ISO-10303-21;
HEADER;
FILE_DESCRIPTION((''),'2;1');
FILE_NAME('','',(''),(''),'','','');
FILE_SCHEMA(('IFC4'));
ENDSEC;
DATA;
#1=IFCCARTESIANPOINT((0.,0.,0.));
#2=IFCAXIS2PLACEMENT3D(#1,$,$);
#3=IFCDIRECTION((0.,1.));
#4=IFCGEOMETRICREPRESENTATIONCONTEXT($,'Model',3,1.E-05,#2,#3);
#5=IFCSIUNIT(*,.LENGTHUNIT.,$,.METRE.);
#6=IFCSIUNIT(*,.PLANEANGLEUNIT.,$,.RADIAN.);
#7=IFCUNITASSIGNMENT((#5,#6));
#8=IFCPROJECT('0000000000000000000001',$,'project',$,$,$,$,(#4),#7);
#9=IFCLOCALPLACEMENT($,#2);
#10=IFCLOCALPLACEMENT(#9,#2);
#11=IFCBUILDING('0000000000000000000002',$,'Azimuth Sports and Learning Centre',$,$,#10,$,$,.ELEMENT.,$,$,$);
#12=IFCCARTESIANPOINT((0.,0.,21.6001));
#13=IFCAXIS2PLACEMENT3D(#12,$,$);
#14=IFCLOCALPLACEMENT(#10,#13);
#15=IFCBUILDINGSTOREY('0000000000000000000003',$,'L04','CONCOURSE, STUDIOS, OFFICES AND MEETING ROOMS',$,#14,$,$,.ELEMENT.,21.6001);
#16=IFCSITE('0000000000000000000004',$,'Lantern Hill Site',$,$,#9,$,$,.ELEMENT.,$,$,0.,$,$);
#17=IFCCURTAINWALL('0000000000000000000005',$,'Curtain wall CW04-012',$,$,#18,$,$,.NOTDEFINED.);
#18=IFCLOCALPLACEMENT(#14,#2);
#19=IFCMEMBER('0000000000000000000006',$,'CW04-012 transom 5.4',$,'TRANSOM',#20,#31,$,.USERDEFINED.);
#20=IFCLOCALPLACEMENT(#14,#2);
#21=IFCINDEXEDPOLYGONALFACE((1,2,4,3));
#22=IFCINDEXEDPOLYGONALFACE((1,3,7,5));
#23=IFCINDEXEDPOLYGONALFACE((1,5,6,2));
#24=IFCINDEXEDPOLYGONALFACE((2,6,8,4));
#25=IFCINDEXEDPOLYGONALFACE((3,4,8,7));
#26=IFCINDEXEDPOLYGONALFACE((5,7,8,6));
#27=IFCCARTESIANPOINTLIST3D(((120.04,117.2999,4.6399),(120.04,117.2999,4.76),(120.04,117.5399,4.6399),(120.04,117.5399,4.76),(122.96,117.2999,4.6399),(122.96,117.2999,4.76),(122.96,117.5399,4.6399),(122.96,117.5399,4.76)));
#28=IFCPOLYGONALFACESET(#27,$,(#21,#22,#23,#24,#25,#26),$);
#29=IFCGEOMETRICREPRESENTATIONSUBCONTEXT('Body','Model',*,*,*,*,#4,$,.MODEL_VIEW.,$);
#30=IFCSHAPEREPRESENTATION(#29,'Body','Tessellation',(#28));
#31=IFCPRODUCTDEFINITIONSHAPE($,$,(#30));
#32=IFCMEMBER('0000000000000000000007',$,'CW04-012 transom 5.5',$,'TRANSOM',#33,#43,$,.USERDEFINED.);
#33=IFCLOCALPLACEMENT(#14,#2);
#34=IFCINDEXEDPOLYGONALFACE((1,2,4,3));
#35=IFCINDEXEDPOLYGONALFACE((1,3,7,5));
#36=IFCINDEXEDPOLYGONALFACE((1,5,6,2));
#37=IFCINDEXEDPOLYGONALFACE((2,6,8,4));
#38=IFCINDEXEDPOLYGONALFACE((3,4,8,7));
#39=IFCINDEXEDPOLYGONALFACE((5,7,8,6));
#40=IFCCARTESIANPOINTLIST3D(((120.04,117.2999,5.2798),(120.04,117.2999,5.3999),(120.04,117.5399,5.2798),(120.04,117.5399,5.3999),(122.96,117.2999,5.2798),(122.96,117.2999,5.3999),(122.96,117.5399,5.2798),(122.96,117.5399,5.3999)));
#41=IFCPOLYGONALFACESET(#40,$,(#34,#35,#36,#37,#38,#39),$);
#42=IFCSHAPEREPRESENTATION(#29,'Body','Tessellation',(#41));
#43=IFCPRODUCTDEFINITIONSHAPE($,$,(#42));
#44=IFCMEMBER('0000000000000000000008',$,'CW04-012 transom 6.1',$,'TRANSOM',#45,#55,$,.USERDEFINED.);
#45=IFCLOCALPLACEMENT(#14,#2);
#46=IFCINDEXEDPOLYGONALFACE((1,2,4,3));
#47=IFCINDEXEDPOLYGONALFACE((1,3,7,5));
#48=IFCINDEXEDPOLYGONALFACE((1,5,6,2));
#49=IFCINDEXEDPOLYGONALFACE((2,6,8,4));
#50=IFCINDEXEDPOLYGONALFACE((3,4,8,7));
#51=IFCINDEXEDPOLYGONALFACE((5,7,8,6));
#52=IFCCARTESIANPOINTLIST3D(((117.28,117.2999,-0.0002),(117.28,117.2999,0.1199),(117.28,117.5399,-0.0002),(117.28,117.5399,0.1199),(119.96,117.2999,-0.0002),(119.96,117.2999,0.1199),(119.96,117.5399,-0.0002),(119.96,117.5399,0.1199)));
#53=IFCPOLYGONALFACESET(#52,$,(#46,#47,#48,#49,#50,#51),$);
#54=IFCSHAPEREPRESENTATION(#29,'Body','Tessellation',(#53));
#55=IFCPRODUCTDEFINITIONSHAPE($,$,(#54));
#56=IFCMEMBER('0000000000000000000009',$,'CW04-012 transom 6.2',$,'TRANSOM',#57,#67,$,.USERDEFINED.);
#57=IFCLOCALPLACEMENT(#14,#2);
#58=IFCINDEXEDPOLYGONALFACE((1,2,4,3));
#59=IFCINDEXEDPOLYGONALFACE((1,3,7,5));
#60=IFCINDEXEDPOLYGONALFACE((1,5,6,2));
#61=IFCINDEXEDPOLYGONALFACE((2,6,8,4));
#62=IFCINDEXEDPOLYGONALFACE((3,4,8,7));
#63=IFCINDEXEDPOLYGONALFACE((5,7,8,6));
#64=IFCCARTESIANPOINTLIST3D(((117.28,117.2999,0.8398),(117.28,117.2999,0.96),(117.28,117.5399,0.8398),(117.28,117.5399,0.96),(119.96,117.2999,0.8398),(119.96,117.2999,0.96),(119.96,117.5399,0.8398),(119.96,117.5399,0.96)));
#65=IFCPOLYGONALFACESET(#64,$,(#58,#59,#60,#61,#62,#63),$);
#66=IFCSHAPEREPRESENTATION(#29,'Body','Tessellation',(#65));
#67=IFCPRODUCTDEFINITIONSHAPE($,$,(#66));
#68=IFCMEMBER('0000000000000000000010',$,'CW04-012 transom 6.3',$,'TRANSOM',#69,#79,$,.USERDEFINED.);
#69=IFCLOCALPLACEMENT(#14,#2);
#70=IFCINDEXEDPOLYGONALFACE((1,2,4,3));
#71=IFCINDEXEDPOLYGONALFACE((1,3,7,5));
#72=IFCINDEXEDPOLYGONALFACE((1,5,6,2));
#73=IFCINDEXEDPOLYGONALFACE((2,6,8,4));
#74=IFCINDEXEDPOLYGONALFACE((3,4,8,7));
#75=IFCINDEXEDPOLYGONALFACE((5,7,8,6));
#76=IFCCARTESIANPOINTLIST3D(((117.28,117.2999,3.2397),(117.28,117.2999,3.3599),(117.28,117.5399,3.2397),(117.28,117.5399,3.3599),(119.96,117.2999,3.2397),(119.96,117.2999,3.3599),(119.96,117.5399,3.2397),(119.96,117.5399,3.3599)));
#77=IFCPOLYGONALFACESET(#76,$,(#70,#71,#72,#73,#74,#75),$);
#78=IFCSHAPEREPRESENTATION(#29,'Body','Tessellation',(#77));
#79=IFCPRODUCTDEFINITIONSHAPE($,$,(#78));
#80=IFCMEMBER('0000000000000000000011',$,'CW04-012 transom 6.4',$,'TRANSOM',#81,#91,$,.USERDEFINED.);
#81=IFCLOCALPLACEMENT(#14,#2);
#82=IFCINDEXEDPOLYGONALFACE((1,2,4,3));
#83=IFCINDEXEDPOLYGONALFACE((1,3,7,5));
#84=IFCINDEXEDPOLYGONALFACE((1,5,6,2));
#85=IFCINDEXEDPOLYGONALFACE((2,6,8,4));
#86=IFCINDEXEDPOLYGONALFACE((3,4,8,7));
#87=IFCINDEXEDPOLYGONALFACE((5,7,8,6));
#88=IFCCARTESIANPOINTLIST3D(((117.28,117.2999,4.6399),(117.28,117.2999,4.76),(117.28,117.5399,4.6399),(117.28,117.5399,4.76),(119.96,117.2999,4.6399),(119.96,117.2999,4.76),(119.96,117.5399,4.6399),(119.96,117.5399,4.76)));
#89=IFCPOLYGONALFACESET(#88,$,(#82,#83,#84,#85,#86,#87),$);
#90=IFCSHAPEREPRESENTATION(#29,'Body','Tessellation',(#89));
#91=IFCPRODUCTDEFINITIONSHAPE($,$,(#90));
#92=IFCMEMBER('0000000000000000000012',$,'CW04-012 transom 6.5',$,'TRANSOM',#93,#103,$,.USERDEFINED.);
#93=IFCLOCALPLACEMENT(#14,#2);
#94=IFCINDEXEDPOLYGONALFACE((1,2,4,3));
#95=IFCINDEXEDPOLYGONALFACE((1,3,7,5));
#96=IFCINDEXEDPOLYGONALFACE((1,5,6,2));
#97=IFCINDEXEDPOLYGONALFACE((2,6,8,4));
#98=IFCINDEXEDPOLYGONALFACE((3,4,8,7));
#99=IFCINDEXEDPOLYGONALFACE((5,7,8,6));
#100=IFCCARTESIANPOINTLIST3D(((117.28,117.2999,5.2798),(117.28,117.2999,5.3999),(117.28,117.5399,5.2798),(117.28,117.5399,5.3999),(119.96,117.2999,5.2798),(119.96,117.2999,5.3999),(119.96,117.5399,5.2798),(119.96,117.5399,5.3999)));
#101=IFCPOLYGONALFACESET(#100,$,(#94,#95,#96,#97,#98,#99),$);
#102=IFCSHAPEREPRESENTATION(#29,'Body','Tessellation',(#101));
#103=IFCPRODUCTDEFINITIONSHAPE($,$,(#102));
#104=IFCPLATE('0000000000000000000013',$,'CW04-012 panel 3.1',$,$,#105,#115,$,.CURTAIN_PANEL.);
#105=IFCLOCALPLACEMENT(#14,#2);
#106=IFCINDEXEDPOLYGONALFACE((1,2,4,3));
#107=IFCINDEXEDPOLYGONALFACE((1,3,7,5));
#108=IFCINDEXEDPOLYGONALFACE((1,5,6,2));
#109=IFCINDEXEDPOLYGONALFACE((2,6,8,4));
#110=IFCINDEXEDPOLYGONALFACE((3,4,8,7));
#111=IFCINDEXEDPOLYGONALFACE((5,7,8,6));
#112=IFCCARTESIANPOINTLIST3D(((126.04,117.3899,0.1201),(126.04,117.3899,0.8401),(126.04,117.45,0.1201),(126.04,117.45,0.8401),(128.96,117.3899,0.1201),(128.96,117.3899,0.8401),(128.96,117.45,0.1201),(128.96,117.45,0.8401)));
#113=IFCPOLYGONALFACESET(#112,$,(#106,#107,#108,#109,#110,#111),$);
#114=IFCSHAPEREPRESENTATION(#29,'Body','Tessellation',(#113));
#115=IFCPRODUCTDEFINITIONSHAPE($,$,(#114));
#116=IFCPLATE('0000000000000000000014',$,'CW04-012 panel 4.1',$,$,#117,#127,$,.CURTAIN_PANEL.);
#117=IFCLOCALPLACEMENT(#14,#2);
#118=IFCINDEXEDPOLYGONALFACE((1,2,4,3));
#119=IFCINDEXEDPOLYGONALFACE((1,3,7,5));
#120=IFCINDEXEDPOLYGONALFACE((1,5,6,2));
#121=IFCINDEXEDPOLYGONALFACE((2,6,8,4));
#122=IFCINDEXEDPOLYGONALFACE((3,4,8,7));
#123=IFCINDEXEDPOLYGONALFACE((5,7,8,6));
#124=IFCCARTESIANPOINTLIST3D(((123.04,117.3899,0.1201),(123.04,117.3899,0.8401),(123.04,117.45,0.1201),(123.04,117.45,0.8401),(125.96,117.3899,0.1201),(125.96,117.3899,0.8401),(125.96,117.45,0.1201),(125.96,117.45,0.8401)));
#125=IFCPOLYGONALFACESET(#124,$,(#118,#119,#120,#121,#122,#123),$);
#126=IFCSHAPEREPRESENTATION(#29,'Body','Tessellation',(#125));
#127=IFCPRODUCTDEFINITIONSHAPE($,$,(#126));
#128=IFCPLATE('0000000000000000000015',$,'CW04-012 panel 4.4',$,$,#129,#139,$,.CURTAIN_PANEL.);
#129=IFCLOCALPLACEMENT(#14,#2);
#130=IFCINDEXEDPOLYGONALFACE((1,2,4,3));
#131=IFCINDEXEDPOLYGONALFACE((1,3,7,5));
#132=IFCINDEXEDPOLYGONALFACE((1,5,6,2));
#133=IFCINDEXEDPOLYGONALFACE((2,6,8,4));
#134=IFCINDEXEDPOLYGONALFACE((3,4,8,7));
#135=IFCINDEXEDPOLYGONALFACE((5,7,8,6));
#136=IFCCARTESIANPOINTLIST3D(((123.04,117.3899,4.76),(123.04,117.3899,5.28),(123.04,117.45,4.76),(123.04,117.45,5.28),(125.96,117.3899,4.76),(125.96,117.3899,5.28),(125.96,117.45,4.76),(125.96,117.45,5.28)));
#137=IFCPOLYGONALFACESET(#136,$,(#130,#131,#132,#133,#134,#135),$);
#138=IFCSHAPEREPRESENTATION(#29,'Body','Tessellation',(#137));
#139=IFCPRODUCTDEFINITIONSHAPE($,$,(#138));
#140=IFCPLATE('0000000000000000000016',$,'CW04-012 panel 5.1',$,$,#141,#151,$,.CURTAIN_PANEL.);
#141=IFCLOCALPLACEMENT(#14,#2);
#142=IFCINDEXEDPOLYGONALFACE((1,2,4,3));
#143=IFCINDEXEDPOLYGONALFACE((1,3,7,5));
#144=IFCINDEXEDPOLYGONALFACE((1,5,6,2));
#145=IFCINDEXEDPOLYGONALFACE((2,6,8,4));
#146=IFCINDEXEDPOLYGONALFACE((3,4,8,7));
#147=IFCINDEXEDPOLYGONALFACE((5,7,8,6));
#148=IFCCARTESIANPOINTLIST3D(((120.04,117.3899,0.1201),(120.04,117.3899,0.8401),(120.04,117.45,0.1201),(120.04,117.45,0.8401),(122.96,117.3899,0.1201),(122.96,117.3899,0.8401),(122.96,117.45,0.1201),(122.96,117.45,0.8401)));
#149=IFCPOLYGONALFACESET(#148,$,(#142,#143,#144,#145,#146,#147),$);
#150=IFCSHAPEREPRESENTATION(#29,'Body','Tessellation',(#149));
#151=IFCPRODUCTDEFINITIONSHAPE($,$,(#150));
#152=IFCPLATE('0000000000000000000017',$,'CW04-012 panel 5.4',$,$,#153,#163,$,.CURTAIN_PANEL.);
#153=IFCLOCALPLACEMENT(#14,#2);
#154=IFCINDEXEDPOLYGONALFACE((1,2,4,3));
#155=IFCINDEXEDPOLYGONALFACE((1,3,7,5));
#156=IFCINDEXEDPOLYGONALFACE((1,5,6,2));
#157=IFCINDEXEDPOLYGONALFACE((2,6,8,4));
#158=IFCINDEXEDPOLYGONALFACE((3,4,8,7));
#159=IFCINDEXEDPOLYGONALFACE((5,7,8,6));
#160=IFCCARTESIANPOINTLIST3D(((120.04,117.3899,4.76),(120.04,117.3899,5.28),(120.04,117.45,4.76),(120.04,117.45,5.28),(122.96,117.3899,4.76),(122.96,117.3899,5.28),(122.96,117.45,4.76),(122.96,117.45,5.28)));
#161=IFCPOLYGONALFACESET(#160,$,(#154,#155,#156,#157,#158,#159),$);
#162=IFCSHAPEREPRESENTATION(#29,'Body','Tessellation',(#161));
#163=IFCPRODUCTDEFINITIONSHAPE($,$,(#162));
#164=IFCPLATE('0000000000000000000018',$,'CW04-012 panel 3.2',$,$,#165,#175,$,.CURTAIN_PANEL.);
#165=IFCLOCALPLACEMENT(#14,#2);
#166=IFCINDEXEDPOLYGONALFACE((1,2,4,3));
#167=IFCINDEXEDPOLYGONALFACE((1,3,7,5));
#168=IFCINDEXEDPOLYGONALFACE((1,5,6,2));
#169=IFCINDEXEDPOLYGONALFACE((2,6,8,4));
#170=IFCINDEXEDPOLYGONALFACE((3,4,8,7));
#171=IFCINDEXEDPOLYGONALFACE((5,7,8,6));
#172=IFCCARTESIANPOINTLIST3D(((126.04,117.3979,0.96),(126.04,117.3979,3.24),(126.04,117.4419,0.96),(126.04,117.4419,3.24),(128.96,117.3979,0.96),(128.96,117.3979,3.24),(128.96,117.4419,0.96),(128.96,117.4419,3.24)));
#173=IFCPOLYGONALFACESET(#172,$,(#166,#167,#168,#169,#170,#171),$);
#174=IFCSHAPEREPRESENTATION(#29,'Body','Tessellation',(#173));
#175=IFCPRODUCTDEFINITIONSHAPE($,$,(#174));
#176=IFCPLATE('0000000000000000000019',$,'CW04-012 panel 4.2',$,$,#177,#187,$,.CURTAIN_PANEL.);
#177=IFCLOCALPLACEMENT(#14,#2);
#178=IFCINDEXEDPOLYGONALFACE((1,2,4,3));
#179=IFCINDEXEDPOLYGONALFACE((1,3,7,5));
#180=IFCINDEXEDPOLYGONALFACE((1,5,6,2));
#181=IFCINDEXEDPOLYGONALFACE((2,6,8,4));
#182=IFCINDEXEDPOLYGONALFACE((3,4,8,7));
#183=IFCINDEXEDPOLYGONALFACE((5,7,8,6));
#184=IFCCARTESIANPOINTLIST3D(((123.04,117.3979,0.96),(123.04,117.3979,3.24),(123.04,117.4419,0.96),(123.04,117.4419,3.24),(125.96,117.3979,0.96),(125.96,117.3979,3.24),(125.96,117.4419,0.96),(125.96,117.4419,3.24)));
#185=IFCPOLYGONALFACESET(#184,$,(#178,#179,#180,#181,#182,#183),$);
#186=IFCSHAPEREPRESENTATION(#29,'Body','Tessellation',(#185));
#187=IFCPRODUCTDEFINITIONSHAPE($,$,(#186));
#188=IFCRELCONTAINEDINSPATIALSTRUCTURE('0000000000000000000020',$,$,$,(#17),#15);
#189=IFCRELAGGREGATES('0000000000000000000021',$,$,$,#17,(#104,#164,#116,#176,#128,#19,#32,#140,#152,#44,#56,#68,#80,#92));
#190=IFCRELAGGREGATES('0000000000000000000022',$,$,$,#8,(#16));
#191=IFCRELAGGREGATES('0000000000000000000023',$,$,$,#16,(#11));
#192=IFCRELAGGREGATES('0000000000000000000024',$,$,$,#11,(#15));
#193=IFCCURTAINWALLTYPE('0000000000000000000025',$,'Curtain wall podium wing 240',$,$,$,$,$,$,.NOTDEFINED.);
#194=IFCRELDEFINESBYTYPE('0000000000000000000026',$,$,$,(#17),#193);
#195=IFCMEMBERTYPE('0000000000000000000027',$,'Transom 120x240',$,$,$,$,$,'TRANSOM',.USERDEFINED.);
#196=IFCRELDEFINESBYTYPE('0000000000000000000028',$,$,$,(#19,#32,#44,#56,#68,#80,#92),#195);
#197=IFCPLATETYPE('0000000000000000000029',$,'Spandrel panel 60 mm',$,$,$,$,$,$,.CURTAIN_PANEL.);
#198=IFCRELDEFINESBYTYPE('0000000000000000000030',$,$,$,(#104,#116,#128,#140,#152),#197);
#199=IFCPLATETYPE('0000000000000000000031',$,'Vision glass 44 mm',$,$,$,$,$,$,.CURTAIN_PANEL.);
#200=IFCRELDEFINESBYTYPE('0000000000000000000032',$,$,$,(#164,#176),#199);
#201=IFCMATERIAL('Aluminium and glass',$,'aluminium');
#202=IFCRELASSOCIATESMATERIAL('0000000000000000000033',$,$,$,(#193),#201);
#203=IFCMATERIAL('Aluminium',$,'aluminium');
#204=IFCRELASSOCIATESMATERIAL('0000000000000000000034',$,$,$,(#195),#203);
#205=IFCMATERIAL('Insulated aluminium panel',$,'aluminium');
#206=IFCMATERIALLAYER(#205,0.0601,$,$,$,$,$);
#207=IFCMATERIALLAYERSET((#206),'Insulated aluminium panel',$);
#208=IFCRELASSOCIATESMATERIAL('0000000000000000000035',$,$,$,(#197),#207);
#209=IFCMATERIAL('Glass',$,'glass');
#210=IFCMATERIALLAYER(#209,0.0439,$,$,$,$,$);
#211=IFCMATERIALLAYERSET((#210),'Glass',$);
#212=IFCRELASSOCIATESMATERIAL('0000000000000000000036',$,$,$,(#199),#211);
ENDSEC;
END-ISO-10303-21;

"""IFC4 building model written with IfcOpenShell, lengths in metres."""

from ifc_helpers import new_model, si_unit, direction, frame, origin, origin_2d, place, context, subcontext, project, spatial, rectangle, extrude, material, layer, layer_set, material_profile, profile_set, type_object, element, aggregate, save


model = new_model("IFC4")

# Units and contexts
model_context = context("Model", 3, precision=1e-05, world=origin(), true_north=direction((0.0, 1.0)))
body_context = subcontext(model_context, "Body", "Model", "MODEL_VIEW")
ifc_project = project(units=[si_unit("LENGTHUNIT", "METRE"), si_unit("PLANEANGLEUNIT", "RADIAN")], contexts=[model_context])

# Site, building, storey
site_placement = place(None, origin())
site = spatial("IfcSite", under=ifc_project, at=site_placement, Name="Lantern Hill Site", CompositionType="ELEMENT", RefElevation=0.0)
building_placement = place(site_placement, origin())
building = spatial("IfcBuilding", under=site, at=building_placement, Name="Azimuth Sports and Learning Centre", CompositionType="ELEMENT")
storey_placement = place(building_placement, frame((0.0, 0.0, 21.6001)))
storey = spatial("IfcBuildingStorey", under=building, at=storey_placement, Name="L04", Description="CONCOURSE, STUDIOS, OFFICES AND MEETING ROOMS", CompositionType="ELEMENT", Elevation=21.6001)

# Curtain wall, members, plates
ifc_material_1 = material(Name="Aluminium and glass", Category="aluminium")
curtain_wall_type = type_object("IfcCurtainWallType", Name="Curtain wall podium wing 240", PredefinedType="NOTDEFINED", material=ifc_material_1)
curtain_wall_placement = place(storey_placement, origin())
curtain_wall = element("IfcCurtainWall", 1, at=curtain_wall_placement, inside=storey, type_object=curtain_wall_type, Name="Curtain wall CW04-012", PredefinedType="NOTDEFINED")
ifc_material_2 = material(Name="Aluminium", Category="aluminium")
ifc_material_profile_1 = material_profile(ifc_material_2, rectangle(XDim=0.24, YDim=0.1201, at=origin_2d()), Name="Transom 120x240")
ifc_profile_set_1 = profile_set([ifc_material_profile_1], Name="Aluminium")
member_type_1 = type_object("IfcMemberType", Name="Transom 120x240", ElementType="TRANSOM", PredefinedType="USERDEFINED", material=ifc_profile_set_1)
member_1_placement = place(storey_placement, frame((122.96, 117.4199, 4.7), z_axis=(-1.0, 0.0, 0.0), x_axis=(0.0, -1.0, 0.0)))
member_1 = element("IfcMember", 2, at=member_1_placement, type_object=member_type_1, Name="CW04-012 transom 5.4", ObjectType="TRANSOM", PredefinedType="USERDEFINED", context=body_context, shape_type="SweptSolid", body=[
    extrude(rectangle(XDim=0.24, YDim=0.1201, at=origin_2d()), origin(), (0.0, 0.0, 1.0), 2.9199),
])
member_2_placement = place(storey_placement, frame((122.96, 117.4199, 5.3398), z_axis=(-1.0, 0.0, 0.0), x_axis=(0.0, -1.0, 0.0)))
member_2 = element("IfcMember", 3, at=member_2_placement, type_object=member_type_1, Name="CW04-012 transom 5.5", ObjectType="TRANSOM", PredefinedType="USERDEFINED", context=body_context, shape_type="SweptSolid", body=[
    extrude(rectangle(XDim=0.24, YDim=0.1201, at=origin_2d()), origin(), (0.0, 0.0, 1.0), 2.9199),
])
member_3_placement = place(storey_placement, frame((119.96, 117.4199, 0.0598), z_axis=(-1.0, 0.0, 0.0), x_axis=(0.0, -1.0, 0.0)))
member_3 = element("IfcMember", 4, at=member_3_placement, type_object=member_type_1, Name="CW04-012 transom 6.1", ObjectType="TRANSOM", PredefinedType="USERDEFINED", context=body_context, shape_type="SweptSolid", body=[
    extrude(rectangle(XDim=0.24, YDim=0.1201, at=origin_2d()), origin(), (0.0, 0.0, 1.0), 2.6799),
])
member_4_placement = place(storey_placement, frame((119.96, 117.4199, 0.8999), z_axis=(-1.0, 0.0, 0.0), x_axis=(0.0, -1.0, 0.0)))
member_4 = element("IfcMember", 5, at=member_4_placement, type_object=member_type_1, Name="CW04-012 transom 6.2", ObjectType="TRANSOM", PredefinedType="USERDEFINED", context=body_context, shape_type="SweptSolid", body=[
    extrude(rectangle(XDim=0.24, YDim=0.1201, at=origin_2d()), origin(), (0.0, 0.0, 1.0), 2.6799),
])
member_5_placement = place(storey_placement, frame((119.96, 117.4199, 3.2998), z_axis=(-1.0, 0.0, 0.0), x_axis=(0.0, -1.0, 0.0)))
member_5 = element("IfcMember", 6, at=member_5_placement, type_object=member_type_1, Name="CW04-012 transom 6.3", ObjectType="TRANSOM", PredefinedType="USERDEFINED", context=body_context, shape_type="SweptSolid", body=[
    extrude(rectangle(XDim=0.24, YDim=0.1201, at=origin_2d()), origin(), (0.0, 0.0, 1.0), 2.6799),
])
member_6_placement = place(storey_placement, frame((119.96, 117.4199, 4.7), z_axis=(-1.0, 0.0, 0.0), x_axis=(0.0, -1.0, 0.0)))
member_6 = element("IfcMember", 7, at=member_6_placement, type_object=member_type_1, Name="CW04-012 transom 6.4", ObjectType="TRANSOM", PredefinedType="USERDEFINED", context=body_context, shape_type="SweptSolid", body=[
    extrude(rectangle(XDim=0.24, YDim=0.1201, at=origin_2d()), origin(), (0.0, 0.0, 1.0), 2.6799),
])
member_7_placement = place(storey_placement, frame((119.96, 117.4199, 5.3398), z_axis=(-1.0, 0.0, 0.0), x_axis=(0.0, -1.0, 0.0)))
member_7 = element("IfcMember", 8, at=member_7_placement, type_object=member_type_1, Name="CW04-012 transom 6.5", ObjectType="TRANSOM", PredefinedType="USERDEFINED", context=body_context, shape_type="SweptSolid", body=[
    extrude(rectangle(XDim=0.24, YDim=0.1201, at=origin_2d()), origin(), (0.0, 0.0, 1.0), 2.6799),
])
ifc_material_3 = material(Name="Insulated aluminium panel", Category="aluminium")
ifc_layer_1 = layer(ifc_material_3, 0.0601)
ifc_layer_set_1 = layer_set([ifc_layer_1], Name="Insulated aluminium panel")
plate_type_1 = type_object("IfcPlateType", Name="Spandrel panel 60 mm", PredefinedType="CURTAIN_PANEL", material=ifc_layer_set_1)
plate_1_placement = place(storey_placement, frame((127.5, 117.4199, 0.1201), z_axis=(0.0, 0.0, 1.0), x_axis=(-1.0, 0.0, 0.0)))
plate_1 = element("IfcPlate", 9, at=plate_1_placement, type_object=plate_type_1, Name="CW04-012 panel 3.1", PredefinedType="CURTAIN_PANEL", context=body_context, shape_type="SweptSolid", body=[
    extrude(rectangle(XDim=2.9199, YDim=0.0601, at=origin_2d()), origin(), (0.0, 0.0, 1.0), 0.72),
])
plate_2_placement = place(storey_placement, frame((124.5, 117.4199, 0.1201), z_axis=(0.0, 0.0, 1.0), x_axis=(-1.0, 0.0, 0.0)))
plate_2 = element("IfcPlate", 10, at=plate_2_placement, type_object=plate_type_1, Name="CW04-012 panel 4.1", PredefinedType="CURTAIN_PANEL", context=body_context, shape_type="SweptSolid", body=[
    extrude(rectangle(XDim=2.9199, YDim=0.0601, at=origin_2d()), origin(), (0.0, 0.0, 1.0), 0.72),
])
plate_3_placement = place(storey_placement, frame((124.5, 117.4199, 4.76), z_axis=(0.0, 0.0, 1.0), x_axis=(-1.0, 0.0, 0.0)))
plate_3 = element("IfcPlate", 11, at=plate_3_placement, type_object=plate_type_1, Name="CW04-012 panel 4.4", PredefinedType="CURTAIN_PANEL", context=body_context, shape_type="SweptSolid", body=[
    extrude(rectangle(XDim=2.9199, YDim=0.0601, at=origin_2d()), origin(), (0.0, 0.0, 1.0), 0.52),
])
plate_4_placement = place(storey_placement, frame((121.5, 117.4199, 0.1201), z_axis=(0.0, 0.0, 1.0), x_axis=(-1.0, 0.0, 0.0)))
plate_4 = element("IfcPlate", 12, at=plate_4_placement, type_object=plate_type_1, Name="CW04-012 panel 5.1", PredefinedType="CURTAIN_PANEL", context=body_context, shape_type="SweptSolid", body=[
    extrude(rectangle(XDim=2.9199, YDim=0.0601, at=origin_2d()), origin(), (0.0, 0.0, 1.0), 0.72),
])
plate_5_placement = place(storey_placement, frame((121.5, 117.4199, 4.76), z_axis=(0.0, 0.0, 1.0), x_axis=(-1.0, 0.0, 0.0)))
plate_5 = element("IfcPlate", 13, at=plate_5_placement, type_object=plate_type_1, Name="CW04-012 panel 5.4", PredefinedType="CURTAIN_PANEL", context=body_context, shape_type="SweptSolid", body=[
    extrude(rectangle(XDim=2.9199, YDim=0.0601, at=origin_2d()), origin(), (0.0, 0.0, 1.0), 0.52),
])
ifc_material_4 = material(Name="Glass", Category="glass")
ifc_layer_2 = layer(ifc_material_4, 0.0439)
ifc_layer_set_2 = layer_set([ifc_layer_2], Name="Glass")
plate_type_2 = type_object("IfcPlateType", Name="Vision glass 44 mm", PredefinedType="CURTAIN_PANEL", material=ifc_layer_set_2)
plate_6_placement = place(storey_placement, frame((127.5, 117.4199, 0.96), z_axis=(0.0, 0.0, 1.0), x_axis=(-1.0, 0.0, 0.0)))
plate_6 = element("IfcPlate", 14, at=plate_6_placement, type_object=plate_type_2, Name="CW04-012 panel 3.2", PredefinedType="CURTAIN_PANEL", context=body_context, shape_type="SweptSolid", body=[
    extrude(rectangle(XDim=2.9199, YDim=0.0439, at=origin_2d()), origin(), (0.0, 0.0, 1.0), 2.28),
])
plate_7_placement = place(storey_placement, frame((124.5, 117.4199, 0.96), z_axis=(0.0, 0.0, 1.0), x_axis=(-1.0, 0.0, 0.0)))
plate_7 = element("IfcPlate", 15, at=plate_7_placement, type_object=plate_type_2, Name="CW04-012 panel 4.2", PredefinedType="CURTAIN_PANEL", context=body_context, shape_type="SweptSolid", body=[
    extrude(rectangle(XDim=2.9199, YDim=0.0439, at=origin_2d()), origin(), (0.0, 0.0, 1.0), 2.28),
])
aggregate(curtain_wall, [plate_1, plate_6, plate_2, plate_7, plate_3, member_1, member_2, plate_4, plate_5, member_3, member_4, member_5, member_6, member_7])

save(model, "model.ifc")
